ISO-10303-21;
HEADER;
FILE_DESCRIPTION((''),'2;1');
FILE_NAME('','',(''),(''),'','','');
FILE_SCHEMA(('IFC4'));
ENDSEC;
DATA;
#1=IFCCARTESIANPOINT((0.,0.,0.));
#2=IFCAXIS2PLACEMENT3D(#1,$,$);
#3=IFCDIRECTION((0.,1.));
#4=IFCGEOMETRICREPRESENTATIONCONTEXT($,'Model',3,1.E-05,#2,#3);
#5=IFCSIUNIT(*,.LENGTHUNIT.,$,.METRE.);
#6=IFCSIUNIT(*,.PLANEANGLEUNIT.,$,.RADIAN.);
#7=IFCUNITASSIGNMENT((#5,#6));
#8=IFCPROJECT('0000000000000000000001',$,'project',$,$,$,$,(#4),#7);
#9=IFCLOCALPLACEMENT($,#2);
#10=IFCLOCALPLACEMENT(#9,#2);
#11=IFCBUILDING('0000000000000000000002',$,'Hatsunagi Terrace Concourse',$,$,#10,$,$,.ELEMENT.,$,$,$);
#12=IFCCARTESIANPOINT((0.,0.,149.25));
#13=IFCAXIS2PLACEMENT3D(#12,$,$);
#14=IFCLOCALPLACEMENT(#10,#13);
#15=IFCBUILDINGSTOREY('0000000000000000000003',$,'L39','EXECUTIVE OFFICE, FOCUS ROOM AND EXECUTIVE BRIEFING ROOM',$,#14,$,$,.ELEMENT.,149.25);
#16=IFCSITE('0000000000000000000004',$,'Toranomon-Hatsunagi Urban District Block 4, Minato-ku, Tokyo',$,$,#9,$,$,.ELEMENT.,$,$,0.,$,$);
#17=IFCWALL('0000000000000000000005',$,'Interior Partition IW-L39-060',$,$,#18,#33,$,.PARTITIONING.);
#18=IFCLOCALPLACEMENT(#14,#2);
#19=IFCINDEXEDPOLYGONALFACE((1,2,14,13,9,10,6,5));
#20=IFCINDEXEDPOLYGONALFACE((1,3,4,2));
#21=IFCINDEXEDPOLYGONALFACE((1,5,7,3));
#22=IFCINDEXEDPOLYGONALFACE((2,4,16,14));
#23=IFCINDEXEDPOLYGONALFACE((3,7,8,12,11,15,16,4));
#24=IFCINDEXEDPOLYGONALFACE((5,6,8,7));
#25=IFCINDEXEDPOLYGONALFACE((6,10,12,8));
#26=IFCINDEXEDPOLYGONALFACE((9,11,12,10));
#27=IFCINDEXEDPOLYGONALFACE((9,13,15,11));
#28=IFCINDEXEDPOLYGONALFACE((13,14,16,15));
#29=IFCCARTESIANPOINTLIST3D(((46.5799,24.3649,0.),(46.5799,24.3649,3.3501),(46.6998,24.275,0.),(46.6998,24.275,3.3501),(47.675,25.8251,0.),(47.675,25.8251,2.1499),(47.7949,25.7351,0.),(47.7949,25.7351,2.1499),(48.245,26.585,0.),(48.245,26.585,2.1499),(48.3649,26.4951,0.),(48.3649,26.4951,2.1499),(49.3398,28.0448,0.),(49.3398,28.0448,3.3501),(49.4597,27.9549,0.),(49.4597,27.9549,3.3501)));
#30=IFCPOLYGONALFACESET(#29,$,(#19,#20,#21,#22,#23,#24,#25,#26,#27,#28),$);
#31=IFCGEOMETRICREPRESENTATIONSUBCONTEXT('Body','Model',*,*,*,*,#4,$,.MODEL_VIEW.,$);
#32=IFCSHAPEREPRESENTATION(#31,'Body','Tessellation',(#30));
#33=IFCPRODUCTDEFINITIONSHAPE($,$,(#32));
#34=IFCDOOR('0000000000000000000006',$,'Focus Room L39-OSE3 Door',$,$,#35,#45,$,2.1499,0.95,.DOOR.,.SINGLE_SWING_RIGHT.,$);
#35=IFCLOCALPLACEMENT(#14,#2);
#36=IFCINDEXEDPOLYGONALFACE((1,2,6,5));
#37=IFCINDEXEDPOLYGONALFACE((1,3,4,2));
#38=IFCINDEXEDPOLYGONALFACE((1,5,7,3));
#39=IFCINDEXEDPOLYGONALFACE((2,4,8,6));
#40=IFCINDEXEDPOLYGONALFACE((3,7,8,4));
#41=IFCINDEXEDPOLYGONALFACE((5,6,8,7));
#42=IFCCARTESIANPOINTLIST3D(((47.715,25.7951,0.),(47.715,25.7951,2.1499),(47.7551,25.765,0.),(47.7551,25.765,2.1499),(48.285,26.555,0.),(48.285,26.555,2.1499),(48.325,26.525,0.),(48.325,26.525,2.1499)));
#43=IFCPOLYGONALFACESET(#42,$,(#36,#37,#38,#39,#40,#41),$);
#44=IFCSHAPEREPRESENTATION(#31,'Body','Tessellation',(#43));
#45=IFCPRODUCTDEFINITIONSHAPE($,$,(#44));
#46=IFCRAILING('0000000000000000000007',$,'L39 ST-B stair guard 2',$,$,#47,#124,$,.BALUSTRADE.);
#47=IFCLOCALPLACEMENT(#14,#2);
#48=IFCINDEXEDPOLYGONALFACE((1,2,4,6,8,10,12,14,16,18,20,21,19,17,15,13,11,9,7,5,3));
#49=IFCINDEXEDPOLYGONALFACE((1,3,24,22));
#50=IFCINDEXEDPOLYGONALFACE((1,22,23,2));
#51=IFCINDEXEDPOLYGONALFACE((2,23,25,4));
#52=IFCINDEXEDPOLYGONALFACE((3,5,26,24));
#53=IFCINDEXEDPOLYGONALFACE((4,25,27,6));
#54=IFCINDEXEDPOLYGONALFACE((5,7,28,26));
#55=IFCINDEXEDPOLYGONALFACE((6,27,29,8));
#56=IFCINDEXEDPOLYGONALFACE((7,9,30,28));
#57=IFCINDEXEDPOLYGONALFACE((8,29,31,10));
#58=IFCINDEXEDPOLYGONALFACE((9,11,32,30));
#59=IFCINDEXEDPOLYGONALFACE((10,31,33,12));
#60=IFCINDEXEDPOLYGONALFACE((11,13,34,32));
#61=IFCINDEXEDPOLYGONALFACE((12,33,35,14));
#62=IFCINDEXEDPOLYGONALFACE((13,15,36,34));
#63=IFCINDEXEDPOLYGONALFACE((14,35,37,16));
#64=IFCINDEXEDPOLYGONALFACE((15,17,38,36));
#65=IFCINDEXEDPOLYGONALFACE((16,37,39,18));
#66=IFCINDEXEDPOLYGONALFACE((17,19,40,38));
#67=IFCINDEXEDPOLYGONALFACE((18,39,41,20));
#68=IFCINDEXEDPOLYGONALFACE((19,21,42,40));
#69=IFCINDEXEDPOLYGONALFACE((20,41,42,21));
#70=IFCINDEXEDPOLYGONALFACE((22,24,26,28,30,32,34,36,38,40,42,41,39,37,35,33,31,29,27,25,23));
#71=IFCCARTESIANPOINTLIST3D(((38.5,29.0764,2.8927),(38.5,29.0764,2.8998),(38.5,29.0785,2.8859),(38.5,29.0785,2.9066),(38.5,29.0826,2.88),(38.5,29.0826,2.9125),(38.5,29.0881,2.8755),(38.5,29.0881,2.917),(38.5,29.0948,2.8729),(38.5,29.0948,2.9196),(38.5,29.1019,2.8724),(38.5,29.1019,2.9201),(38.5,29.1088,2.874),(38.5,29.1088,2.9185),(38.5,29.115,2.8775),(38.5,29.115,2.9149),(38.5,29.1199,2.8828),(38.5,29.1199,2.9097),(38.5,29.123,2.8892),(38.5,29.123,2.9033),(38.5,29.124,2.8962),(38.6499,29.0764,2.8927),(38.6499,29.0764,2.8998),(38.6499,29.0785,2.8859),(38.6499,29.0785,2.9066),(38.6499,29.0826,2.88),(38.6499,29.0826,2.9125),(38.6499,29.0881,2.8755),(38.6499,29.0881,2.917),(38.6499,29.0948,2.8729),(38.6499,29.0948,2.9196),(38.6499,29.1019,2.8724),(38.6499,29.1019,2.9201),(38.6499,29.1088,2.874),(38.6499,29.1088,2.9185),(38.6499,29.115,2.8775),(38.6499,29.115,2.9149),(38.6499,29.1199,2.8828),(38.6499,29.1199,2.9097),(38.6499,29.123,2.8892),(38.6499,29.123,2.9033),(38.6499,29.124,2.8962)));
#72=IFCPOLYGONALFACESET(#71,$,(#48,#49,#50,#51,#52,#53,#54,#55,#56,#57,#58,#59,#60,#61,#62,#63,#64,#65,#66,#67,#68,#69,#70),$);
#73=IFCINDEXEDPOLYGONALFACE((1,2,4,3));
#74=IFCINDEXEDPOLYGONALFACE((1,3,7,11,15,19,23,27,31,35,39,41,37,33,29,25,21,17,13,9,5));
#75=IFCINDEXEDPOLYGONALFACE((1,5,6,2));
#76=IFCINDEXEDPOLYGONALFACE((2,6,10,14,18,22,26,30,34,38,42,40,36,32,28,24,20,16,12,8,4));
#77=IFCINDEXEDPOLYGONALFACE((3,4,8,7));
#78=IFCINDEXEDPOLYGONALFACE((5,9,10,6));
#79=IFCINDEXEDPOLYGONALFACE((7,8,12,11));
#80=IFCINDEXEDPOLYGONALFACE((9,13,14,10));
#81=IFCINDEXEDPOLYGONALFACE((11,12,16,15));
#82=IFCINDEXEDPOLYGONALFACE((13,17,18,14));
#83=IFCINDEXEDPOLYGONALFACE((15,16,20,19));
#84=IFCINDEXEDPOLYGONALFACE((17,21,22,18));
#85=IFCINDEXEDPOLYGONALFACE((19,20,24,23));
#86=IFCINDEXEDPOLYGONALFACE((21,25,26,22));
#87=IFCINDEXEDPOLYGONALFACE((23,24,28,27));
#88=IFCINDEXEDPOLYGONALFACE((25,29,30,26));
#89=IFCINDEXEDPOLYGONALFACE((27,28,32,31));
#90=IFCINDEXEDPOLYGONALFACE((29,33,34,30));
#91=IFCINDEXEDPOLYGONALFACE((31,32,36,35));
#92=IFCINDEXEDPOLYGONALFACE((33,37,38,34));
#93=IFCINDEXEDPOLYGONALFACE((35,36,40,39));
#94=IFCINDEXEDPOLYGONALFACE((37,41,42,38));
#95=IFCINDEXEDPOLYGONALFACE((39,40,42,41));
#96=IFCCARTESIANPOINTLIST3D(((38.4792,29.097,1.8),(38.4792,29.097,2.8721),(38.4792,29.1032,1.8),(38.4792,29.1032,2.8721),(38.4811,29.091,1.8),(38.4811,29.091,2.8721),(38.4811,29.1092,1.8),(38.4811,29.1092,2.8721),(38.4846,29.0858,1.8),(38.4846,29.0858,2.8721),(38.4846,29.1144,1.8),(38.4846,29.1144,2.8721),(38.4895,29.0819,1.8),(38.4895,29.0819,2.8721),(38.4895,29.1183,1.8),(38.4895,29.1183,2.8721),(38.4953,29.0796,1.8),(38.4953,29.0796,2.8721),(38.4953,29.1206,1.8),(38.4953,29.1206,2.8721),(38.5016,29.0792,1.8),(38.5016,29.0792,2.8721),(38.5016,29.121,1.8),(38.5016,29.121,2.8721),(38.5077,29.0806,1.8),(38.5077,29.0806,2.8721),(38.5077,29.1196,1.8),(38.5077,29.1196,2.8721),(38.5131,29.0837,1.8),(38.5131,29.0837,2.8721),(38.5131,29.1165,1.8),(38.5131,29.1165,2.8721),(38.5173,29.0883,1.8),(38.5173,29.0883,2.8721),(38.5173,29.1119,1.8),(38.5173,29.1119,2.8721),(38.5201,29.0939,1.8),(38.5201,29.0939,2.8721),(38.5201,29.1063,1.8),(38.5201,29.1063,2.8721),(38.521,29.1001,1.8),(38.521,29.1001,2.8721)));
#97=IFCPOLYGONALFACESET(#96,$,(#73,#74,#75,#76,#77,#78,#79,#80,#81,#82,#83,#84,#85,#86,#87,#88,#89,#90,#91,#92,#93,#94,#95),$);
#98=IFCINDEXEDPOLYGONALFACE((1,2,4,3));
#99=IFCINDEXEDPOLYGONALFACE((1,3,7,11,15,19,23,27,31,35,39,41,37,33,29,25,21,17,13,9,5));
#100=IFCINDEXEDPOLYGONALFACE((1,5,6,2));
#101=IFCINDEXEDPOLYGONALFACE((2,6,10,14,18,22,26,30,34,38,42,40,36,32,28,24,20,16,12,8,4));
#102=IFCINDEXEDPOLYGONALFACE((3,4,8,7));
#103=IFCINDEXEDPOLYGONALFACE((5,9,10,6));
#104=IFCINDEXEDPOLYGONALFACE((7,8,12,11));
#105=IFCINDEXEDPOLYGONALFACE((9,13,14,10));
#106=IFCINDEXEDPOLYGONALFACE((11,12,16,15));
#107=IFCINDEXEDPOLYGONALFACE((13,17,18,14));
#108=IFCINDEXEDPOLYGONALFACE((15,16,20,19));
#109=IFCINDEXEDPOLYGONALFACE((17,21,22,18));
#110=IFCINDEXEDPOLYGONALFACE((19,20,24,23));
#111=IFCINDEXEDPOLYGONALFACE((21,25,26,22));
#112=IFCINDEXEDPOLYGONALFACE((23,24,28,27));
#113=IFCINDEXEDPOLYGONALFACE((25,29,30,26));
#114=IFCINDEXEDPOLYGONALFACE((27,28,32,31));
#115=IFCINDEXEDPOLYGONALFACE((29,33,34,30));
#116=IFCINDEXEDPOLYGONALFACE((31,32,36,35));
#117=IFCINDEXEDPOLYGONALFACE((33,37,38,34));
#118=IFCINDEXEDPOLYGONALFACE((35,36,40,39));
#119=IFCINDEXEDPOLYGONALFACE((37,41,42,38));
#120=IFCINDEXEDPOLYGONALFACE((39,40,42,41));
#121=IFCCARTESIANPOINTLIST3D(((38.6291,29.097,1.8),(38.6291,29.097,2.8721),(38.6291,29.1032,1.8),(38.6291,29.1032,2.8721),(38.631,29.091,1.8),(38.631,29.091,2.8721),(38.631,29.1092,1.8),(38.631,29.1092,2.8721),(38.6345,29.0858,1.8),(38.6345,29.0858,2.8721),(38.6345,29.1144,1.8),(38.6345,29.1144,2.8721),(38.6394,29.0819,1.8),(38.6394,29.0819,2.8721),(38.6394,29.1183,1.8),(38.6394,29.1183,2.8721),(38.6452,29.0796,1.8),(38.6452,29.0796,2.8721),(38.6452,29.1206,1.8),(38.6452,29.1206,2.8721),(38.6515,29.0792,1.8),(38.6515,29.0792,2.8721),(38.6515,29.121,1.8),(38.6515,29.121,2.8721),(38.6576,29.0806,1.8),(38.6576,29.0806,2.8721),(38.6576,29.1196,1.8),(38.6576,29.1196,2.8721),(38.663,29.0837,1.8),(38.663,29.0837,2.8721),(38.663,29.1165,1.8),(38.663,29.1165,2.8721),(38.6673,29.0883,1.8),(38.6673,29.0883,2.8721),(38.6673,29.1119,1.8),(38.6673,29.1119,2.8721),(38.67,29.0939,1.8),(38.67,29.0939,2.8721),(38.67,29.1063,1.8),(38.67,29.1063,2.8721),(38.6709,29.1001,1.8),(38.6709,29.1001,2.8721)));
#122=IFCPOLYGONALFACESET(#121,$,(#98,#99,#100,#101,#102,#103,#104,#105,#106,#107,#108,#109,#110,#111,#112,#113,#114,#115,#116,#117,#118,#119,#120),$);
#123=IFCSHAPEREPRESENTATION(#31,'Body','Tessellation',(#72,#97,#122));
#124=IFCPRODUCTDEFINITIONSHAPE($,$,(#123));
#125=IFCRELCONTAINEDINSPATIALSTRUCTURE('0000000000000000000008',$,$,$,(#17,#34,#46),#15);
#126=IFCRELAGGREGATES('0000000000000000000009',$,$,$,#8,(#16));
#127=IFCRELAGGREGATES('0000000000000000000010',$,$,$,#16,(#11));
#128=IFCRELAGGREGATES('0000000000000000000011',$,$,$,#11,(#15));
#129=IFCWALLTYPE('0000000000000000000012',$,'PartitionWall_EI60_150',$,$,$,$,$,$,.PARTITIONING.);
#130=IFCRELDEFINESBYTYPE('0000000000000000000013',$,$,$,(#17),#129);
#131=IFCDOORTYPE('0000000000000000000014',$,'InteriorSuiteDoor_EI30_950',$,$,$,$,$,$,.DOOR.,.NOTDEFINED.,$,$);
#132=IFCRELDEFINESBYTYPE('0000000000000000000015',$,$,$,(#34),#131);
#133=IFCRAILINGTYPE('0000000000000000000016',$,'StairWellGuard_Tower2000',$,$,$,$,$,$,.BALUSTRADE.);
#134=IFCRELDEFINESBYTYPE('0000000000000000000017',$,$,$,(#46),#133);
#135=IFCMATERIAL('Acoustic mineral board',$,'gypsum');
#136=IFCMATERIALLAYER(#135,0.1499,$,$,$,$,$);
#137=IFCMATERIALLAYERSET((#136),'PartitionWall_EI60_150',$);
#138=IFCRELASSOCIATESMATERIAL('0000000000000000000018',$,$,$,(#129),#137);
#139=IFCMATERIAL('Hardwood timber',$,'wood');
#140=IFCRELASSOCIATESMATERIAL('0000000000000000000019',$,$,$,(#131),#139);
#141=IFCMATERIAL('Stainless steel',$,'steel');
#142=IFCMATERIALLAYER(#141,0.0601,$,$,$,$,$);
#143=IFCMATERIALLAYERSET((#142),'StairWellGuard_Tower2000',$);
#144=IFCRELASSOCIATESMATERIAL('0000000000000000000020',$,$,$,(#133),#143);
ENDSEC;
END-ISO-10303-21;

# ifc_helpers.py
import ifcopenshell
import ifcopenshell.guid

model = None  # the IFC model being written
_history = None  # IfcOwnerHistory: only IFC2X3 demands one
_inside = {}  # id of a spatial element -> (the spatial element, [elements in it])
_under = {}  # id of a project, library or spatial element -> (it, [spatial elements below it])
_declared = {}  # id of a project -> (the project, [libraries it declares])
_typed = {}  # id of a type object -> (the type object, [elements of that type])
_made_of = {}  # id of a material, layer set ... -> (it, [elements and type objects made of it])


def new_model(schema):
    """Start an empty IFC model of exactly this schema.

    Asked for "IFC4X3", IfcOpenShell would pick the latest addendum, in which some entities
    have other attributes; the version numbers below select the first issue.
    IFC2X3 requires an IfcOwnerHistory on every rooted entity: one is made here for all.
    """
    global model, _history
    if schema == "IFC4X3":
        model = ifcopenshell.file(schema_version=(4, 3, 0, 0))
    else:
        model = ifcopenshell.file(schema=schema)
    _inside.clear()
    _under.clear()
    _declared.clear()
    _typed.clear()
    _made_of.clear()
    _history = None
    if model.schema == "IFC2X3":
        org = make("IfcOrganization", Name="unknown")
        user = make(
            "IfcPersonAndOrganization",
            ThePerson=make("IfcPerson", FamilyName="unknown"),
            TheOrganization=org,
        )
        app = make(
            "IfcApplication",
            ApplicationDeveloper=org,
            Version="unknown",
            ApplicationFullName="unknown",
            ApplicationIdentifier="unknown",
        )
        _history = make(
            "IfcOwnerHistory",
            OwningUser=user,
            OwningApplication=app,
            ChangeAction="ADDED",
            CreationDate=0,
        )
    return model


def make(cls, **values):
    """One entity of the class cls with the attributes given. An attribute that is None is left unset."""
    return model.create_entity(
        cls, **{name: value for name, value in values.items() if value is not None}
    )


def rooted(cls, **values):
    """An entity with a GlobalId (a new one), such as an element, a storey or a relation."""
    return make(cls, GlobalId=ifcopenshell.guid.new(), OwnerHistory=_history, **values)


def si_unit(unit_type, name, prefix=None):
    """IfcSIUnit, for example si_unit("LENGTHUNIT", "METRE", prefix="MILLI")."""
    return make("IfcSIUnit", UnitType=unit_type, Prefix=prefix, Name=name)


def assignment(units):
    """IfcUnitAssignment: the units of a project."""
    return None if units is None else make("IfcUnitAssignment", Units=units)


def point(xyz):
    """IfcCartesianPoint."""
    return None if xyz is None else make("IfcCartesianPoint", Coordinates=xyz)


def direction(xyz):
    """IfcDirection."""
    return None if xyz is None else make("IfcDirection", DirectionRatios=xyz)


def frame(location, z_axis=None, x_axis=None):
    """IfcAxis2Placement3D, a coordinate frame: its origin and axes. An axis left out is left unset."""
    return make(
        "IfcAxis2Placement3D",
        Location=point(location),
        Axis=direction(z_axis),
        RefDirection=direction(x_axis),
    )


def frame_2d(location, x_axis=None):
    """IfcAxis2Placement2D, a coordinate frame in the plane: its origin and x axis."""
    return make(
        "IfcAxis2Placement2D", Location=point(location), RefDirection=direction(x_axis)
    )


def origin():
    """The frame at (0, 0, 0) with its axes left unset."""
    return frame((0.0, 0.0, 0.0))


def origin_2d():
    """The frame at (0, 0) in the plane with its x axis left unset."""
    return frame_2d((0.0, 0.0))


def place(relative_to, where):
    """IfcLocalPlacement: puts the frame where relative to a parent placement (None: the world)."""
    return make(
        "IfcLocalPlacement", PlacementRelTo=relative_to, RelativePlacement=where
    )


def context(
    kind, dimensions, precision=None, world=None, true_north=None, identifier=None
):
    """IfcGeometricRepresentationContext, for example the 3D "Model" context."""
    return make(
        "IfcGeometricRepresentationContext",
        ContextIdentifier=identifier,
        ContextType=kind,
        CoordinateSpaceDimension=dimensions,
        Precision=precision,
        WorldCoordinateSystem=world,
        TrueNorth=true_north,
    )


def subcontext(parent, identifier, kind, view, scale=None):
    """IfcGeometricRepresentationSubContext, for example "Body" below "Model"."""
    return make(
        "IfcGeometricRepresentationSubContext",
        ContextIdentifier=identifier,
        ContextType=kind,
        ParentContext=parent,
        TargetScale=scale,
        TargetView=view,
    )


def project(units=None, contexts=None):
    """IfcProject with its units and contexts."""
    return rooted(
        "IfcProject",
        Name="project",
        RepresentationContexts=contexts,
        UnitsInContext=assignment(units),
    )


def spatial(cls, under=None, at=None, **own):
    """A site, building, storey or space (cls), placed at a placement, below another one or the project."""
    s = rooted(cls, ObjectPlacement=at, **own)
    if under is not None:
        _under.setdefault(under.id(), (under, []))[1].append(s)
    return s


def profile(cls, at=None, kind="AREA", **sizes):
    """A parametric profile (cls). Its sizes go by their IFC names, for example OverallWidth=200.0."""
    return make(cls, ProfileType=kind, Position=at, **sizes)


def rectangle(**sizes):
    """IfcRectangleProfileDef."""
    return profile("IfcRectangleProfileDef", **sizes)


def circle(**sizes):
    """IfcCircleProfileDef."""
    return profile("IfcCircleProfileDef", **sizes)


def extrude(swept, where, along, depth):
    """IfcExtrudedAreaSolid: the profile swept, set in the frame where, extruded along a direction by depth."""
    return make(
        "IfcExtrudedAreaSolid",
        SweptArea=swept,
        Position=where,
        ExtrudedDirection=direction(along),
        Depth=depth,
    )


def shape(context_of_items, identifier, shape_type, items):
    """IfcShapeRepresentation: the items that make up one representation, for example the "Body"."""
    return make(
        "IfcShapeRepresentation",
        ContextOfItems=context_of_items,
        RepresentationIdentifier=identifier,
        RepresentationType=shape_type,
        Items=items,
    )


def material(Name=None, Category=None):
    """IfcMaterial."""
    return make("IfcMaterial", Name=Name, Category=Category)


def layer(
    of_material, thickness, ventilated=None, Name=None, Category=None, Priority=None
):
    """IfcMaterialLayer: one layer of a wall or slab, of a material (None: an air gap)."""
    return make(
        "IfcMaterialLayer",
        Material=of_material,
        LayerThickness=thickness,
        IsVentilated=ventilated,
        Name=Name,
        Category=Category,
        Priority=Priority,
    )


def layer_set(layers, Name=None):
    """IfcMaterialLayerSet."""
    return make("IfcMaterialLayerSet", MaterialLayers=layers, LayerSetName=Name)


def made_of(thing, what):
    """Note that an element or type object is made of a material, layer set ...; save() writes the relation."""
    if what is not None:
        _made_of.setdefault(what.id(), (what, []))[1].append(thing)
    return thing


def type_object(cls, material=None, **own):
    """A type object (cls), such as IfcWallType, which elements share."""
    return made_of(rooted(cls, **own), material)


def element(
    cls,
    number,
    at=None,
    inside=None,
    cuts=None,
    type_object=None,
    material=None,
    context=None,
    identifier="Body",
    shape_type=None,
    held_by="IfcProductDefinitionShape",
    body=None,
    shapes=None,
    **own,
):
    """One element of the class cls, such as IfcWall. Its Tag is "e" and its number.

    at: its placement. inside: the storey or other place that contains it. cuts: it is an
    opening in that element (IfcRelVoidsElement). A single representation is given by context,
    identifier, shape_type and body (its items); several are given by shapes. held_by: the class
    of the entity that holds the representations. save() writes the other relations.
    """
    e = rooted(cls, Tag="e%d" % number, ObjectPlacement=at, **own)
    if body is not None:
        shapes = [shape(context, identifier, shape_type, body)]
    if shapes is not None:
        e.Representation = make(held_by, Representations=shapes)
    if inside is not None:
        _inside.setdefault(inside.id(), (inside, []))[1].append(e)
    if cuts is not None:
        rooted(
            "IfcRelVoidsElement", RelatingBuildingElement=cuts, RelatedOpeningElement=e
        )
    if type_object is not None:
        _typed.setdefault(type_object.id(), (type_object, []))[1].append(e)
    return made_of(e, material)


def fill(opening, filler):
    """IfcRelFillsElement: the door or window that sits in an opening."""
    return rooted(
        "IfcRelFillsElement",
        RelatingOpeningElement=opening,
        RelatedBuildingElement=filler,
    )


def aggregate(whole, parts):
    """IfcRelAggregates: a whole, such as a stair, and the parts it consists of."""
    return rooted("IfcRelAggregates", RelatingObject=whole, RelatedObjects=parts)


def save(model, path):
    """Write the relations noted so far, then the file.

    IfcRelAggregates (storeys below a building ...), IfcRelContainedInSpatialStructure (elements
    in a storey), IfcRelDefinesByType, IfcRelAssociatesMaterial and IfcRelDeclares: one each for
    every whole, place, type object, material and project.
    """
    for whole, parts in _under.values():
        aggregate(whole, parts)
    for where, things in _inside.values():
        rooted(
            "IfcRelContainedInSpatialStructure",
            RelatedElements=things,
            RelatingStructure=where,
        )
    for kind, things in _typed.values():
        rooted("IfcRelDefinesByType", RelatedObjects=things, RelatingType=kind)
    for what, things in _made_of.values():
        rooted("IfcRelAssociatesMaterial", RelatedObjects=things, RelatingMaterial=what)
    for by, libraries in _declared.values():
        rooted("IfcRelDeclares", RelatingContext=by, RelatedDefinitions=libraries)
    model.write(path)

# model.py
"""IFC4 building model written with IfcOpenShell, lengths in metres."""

from ifc_helpers import new_model, si_unit, direction, frame, frame_2d, origin, origin_2d, place, context, subcontext, project, spatial, rectangle, circle, extrude, material, layer, layer_set, type_object, element, fill, save


model = new_model("IFC4")

# Units and contexts
model_context = context("Model", 3, precision=1e-05, world=origin(), true_north=direction((0.0, 1.0)))
body_context = subcontext(model_context, "Body", "Model", "MODEL_VIEW")
ifc_project = project(units=[si_unit("LENGTHUNIT", "METRE"), si_unit("PLANEANGLEUNIT", "RADIAN")], contexts=[model_context])

# Site, building, storey
site_placement = place(None, origin())
site = spatial("IfcSite", under=ifc_project, at=site_placement, Name="Toranomon-Hatsunagi Urban District Block 4, Minato-ku, Tokyo", CompositionType="ELEMENT", RefElevation=0.0)
building_placement = place(site_placement, origin())
building = spatial("IfcBuilding", under=site, at=building_placement, Name="Hatsunagi Terrace Concourse", CompositionType="ELEMENT")
storey_placement = place(building_placement, frame((0.0, 0.0, 149.25)))
storey = spatial("IfcBuildingStorey", under=building, at=storey_placement, Name="L39", Description="EXECUTIVE OFFICE, FOCUS ROOM AND EXECUTIVE BRIEFING ROOM", CompositionType="ELEMENT", Elevation=149.25)

# Shared definitions
ifc_material_1 = material(Name="Acoustic mineral board", Category="gypsum")
ifc_layer_1 = layer(ifc_material_1, 0.1499)
ifc_layer_set_1 = layer_set([ifc_layer_1], Name="PartitionWall_EI60_150")
wall_type_1 = type_object("IfcWallType", Name="PartitionWall_EI60_150", PredefinedType="PARTITIONING", material=ifc_layer_set_1)

# Wall, opening, door
wall_1_placement = place(storey_placement, frame((46.6399, 24.3201, 0.0), z_axis=(0.0, 0.0, 1.0), x_axis=(0.600008, 0.799994, 0.0)))
wall_1 = element("IfcWall", 1, at=wall_1_placement, inside=storey, type_object=wall_type_1, Name="Interior Partition IW-L39-060", PredefinedType="PARTITIONING", context=body_context, shape_type="SweptSolid", body=[
    extrude(rectangle(XDim=4.5999, YDim=0.1499, at=frame_2d((2.2998, 0.0))), origin(), (0.0, 0.0, 1.0), 3.3501),
])
opening_1_placement = place(wall_1_placement, frame((1.825, 0.0, 0.0)))
opening_1 = element("IfcOpeningElement", 2, at=opening_1_placement, cuts=wall_1, PredefinedType="OPENING", context=body_context, shape_type="SweptSolid", body=[
    extrude(rectangle(XDim=0.95, YDim=2.1499, at=frame_2d((0.4751, 1.075))), frame((0.0, 0.085, 0.0), z_axis=(0.0, -1.0, 0.0), x_axis=(1.0, 0.0, 0.0)), (0.0, 0.0, 1.0), 0.1699),
])
ifc_material_2 = material(Name="Hardwood timber", Category="wood")
door_type_1 = type_object("IfcDoorType", Name="InteriorSuiteDoor_EI30_950", OperationType="NOTDEFINED", PredefinedType="DOOR", material=ifc_material_2)
door_1_placement = place(opening_1_placement, origin())
door_1 = element("IfcDoor", 3, at=door_1_placement, inside=storey, type_object=door_type_1, Name="Focus Room L39-OSE3 Door", OperationType="SINGLE_SWING_RIGHT", OverallHeight=2.1499, OverallWidth=0.95, PredefinedType="DOOR", context=body_context, shape_type="SweptSolid", body=[
    extrude(rectangle(XDim=0.95, YDim=2.1499, at=frame_2d((0.4751, 1.075))), frame((0.0, 0.0249, 0.0), z_axis=(0.0, -1.0, 0.0), x_axis=(1.0, 0.0, 0.0)), (0.0, 0.0, 1.0), 0.05),
])
fill(opening_1, door_1)

# Railing
ifc_material_3 = material(Name="Stainless steel", Category="steel")
ifc_layer_2 = layer(ifc_material_3, 0.0601)
ifc_layer_set_2 = layer_set([ifc_layer_2], Name="StairWellGuard_Tower2000")
railing_type = type_object("IfcRailingType", Name="StairWellGuard_Tower2000", PredefinedType="BALUSTRADE", material=ifc_layer_set_2)
railing_placement = place(storey_placement, frame((38.5, 29.1001, 1.8)))
element("IfcRailing", 4, at=railing_placement, inside=storey, type_object=railing_type, Name="L39 ST-B stair guard 2", PredefinedType="BALUSTRADE", context=body_context, shape_type="SweptSolid", body=[
    extrude(circle(Radius=0.0239, at=origin_2d()), frame((0.0, 0.0, 1.0962), z_axis=(1.0, 0.0, 0.0), x_axis=(0.0, 1.0, 0.0)), (0.0, 0.0, 1.0), 0.1499),
    extrude(circle(Radius=0.021, at=origin_2d()), origin(), (0.0, 0.0, 1.0), 1.072),
    extrude(circle(Radius=0.021, at=origin_2d()), frame((0.1499, 0.0, 0.0)), (0.0, 0.0, 1.0), 1.072),
])

save(model, "model.ifc")
